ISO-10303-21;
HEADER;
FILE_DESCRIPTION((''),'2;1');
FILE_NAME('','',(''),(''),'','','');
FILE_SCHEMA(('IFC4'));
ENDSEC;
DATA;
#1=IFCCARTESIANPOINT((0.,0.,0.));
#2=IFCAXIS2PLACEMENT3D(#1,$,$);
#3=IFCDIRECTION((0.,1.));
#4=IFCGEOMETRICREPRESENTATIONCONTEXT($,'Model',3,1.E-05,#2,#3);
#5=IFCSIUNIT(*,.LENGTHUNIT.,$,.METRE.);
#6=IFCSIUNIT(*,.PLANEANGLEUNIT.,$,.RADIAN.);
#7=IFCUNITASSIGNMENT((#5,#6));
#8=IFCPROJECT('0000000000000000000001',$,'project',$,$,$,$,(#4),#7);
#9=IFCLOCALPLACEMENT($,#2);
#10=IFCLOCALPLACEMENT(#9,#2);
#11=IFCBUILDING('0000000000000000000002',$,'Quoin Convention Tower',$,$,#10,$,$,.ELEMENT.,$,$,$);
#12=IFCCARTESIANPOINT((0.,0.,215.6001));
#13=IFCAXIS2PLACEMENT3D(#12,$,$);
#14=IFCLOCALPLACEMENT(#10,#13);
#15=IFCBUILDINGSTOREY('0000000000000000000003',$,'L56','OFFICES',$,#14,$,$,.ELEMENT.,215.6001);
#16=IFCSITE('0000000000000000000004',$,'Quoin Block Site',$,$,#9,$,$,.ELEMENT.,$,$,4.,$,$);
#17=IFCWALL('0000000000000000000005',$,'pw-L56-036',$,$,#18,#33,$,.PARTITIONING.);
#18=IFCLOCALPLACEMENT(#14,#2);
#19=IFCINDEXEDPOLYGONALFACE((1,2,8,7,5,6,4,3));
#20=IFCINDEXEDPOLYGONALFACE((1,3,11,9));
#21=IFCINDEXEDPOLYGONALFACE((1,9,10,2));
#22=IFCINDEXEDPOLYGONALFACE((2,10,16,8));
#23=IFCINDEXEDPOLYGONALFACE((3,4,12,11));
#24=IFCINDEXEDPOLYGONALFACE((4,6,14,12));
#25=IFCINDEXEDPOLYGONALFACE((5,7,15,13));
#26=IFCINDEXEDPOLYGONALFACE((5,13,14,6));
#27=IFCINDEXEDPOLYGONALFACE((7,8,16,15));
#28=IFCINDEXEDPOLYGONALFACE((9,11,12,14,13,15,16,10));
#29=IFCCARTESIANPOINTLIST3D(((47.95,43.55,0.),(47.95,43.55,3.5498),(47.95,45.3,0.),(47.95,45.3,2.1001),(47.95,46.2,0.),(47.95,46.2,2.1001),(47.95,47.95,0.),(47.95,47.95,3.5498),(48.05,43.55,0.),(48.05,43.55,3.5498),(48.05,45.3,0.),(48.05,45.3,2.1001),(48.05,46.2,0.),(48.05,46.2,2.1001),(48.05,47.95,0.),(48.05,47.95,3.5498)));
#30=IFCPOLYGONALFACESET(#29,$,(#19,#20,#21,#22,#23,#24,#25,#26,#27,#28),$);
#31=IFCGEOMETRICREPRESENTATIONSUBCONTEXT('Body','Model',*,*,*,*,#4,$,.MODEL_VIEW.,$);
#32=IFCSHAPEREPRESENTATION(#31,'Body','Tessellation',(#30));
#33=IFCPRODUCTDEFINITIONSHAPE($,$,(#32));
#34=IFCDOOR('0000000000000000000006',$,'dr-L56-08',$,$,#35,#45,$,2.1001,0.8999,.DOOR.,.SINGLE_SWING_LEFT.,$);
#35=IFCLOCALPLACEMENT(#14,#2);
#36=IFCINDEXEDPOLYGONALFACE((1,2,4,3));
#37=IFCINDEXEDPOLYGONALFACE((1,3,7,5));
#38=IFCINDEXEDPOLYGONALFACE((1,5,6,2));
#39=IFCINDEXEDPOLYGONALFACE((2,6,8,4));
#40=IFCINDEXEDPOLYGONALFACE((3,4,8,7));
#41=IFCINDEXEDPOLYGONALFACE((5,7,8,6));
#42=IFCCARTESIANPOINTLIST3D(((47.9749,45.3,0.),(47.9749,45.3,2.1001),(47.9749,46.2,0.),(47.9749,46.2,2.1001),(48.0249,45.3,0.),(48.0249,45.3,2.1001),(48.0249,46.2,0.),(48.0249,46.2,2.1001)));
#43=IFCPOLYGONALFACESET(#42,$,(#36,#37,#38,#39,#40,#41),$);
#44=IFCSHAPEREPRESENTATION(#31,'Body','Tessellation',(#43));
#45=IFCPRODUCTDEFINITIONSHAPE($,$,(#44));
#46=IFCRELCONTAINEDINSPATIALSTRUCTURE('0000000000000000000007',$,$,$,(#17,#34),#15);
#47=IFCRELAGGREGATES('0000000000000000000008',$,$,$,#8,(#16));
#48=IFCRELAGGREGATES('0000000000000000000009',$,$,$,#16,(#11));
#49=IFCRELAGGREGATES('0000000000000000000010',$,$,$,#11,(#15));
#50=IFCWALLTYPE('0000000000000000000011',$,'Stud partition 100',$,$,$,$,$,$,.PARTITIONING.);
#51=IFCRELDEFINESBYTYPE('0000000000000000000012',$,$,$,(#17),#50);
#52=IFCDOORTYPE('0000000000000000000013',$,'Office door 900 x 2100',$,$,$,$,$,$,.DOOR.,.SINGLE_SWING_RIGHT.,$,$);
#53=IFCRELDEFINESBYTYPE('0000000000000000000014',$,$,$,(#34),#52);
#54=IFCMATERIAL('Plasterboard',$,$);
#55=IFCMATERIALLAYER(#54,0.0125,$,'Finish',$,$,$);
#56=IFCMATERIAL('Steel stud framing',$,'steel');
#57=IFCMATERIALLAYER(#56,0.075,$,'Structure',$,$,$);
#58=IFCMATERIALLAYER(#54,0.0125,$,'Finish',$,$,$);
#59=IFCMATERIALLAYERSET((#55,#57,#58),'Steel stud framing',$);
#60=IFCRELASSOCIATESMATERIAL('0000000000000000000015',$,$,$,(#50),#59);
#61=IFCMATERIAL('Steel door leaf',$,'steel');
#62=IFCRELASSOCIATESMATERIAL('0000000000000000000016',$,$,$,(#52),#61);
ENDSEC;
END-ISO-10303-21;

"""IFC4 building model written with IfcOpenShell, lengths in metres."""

from ifc_helpers import new_model, si_unit, direction, frame, frame_2d, origin, place, context, subcontext, project, spatial, rectangle, extrude, material, layer, layer_set, type_object, element, fill, save


model = new_model("IFC4")

# Units and contexts
model_context = context("Model", 3, precision=1e-05, world=origin(), true_north=direction((0.0, 1.0)))
body_context = subcontext(model_context, "Body", "Model", "MODEL_VIEW")
ifc_project = project(units=[si_unit("LENGTHUNIT", "METRE"), si_unit("PLANEANGLEUNIT", "RADIAN")], contexts=[model_context])

# Site, building, storey
site_placement = place(None, origin())
site = spatial("IfcSite", under=ifc_project, at=site_placement, Name="Quoin Block Site", CompositionType="ELEMENT", RefElevation=4.0)
building_placement = place(site_placement, origin())
building = spatial("IfcBuilding", under=site, at=building_placement, Name="Quoin Convention Tower", CompositionType="ELEMENT")
storey_placement = place(building_placement, frame((0.0, 0.0, 215.6001)))
storey = spatial("IfcBuildingStorey", under=building, at=storey_placement, Name="L56", Description="OFFICES", CompositionType="ELEMENT", Elevation=215.6001)

# Shared definitions
ifc_material_1 = material(Name="Plasterboard")
ifc_material_2 = material(Name="Steel stud framing", Category="steel")
ifc_material_3 = material(Name="Steel door leaf", Category="steel")

# Shared definitions
ifc_layer_1 = layer(ifc_material_1, 0.0125, Name="Finish")
ifc_layer_2 = layer(ifc_material_2, 0.075, Name="Structure")
ifc_layer_3 = layer(ifc_material_1, 0.0125, Name="Finish")
ifc_layer_set_1 = layer_set([ifc_layer_1, ifc_layer_2, ifc_layer_3], Name="Steel stud framing")
wall_type_1 = type_object("IfcWallType", Name="Stud partition 100", PredefinedType="PARTITIONING", material=ifc_layer_set_1)

# Wall, opening, door
wall_1_placement = place(storey_placement, frame((48.0, 43.55, 0.0), z_axis=(0.0, 0.0, 1.0), x_axis=(0.0, 1.0, 0.0)))
wall_1 = element("IfcWall", 1, at=wall_1_placement, inside=storey, type_object=wall_type_1, Name="pw-L56-036", PredefinedType="PARTITIONING", context=body_context, shape_type="SweptSolid", body=[
    extrude(rectangle(XDim=4.3999, YDim=0.1001, at=frame_2d((2.2, 0.0))), origin(), (0.0, 0.0, 1.0), 3.5498),
])
opening_1_placement = place(wall_1_placement, frame((1.75, 0.0, 0.0)))
opening_1 = element("IfcOpeningElement", 2, at=opening_1_placement, cuts=wall_1, PredefinedType="OPENING", context=body_context, shape_type="SweptSolid", body=[
    extrude(rectangle(XDim=0.8999, YDim=2.1001, at=frame_2d((0.45, 1.05))), frame((0.0, 0.0601, 0.0), z_axis=(0.0, -1.0, 0.0), x_axis=(1.0, 0.0, 0.0)), (0.0, 0.0, 1.0), 0.1201),
])
door_type_1 = type_object("IfcDoorType", Name="Office door 900 x 2100", OperationType="SINGLE_SWING_RIGHT", PredefinedType="DOOR", material=ifc_material_3)
door_1_placement = place(opening_1_placement, frame((0.8999, 0.0, 0.0), z_axis=(0.0, 0.0, 1.0), x_axis=(-1.0, 0.0, 0.0)))
door_1 = element("IfcDoor", 3, at=door_1_placement, inside=storey, type_object=door_type_1, Name="dr-L56-08", OperationType="SINGLE_SWING_LEFT", OverallHeight=2.1001, OverallWidth=0.8999, PredefinedType="DOOR", context=body_context, shape_type="SweptSolid", body=[
    extrude(rectangle(XDim=0.8999, YDim=2.1001, at=frame_2d((0.45, 1.05))), frame((0.0, 0.0249, 0.0), z_axis=(0.0, -1.0, 0.0), x_axis=(1.0, 0.0, 0.0)), (0.0, 0.0, 1.0), 0.05),
])
fill(opening_1, door_1)

save(model, "model.ifc")
